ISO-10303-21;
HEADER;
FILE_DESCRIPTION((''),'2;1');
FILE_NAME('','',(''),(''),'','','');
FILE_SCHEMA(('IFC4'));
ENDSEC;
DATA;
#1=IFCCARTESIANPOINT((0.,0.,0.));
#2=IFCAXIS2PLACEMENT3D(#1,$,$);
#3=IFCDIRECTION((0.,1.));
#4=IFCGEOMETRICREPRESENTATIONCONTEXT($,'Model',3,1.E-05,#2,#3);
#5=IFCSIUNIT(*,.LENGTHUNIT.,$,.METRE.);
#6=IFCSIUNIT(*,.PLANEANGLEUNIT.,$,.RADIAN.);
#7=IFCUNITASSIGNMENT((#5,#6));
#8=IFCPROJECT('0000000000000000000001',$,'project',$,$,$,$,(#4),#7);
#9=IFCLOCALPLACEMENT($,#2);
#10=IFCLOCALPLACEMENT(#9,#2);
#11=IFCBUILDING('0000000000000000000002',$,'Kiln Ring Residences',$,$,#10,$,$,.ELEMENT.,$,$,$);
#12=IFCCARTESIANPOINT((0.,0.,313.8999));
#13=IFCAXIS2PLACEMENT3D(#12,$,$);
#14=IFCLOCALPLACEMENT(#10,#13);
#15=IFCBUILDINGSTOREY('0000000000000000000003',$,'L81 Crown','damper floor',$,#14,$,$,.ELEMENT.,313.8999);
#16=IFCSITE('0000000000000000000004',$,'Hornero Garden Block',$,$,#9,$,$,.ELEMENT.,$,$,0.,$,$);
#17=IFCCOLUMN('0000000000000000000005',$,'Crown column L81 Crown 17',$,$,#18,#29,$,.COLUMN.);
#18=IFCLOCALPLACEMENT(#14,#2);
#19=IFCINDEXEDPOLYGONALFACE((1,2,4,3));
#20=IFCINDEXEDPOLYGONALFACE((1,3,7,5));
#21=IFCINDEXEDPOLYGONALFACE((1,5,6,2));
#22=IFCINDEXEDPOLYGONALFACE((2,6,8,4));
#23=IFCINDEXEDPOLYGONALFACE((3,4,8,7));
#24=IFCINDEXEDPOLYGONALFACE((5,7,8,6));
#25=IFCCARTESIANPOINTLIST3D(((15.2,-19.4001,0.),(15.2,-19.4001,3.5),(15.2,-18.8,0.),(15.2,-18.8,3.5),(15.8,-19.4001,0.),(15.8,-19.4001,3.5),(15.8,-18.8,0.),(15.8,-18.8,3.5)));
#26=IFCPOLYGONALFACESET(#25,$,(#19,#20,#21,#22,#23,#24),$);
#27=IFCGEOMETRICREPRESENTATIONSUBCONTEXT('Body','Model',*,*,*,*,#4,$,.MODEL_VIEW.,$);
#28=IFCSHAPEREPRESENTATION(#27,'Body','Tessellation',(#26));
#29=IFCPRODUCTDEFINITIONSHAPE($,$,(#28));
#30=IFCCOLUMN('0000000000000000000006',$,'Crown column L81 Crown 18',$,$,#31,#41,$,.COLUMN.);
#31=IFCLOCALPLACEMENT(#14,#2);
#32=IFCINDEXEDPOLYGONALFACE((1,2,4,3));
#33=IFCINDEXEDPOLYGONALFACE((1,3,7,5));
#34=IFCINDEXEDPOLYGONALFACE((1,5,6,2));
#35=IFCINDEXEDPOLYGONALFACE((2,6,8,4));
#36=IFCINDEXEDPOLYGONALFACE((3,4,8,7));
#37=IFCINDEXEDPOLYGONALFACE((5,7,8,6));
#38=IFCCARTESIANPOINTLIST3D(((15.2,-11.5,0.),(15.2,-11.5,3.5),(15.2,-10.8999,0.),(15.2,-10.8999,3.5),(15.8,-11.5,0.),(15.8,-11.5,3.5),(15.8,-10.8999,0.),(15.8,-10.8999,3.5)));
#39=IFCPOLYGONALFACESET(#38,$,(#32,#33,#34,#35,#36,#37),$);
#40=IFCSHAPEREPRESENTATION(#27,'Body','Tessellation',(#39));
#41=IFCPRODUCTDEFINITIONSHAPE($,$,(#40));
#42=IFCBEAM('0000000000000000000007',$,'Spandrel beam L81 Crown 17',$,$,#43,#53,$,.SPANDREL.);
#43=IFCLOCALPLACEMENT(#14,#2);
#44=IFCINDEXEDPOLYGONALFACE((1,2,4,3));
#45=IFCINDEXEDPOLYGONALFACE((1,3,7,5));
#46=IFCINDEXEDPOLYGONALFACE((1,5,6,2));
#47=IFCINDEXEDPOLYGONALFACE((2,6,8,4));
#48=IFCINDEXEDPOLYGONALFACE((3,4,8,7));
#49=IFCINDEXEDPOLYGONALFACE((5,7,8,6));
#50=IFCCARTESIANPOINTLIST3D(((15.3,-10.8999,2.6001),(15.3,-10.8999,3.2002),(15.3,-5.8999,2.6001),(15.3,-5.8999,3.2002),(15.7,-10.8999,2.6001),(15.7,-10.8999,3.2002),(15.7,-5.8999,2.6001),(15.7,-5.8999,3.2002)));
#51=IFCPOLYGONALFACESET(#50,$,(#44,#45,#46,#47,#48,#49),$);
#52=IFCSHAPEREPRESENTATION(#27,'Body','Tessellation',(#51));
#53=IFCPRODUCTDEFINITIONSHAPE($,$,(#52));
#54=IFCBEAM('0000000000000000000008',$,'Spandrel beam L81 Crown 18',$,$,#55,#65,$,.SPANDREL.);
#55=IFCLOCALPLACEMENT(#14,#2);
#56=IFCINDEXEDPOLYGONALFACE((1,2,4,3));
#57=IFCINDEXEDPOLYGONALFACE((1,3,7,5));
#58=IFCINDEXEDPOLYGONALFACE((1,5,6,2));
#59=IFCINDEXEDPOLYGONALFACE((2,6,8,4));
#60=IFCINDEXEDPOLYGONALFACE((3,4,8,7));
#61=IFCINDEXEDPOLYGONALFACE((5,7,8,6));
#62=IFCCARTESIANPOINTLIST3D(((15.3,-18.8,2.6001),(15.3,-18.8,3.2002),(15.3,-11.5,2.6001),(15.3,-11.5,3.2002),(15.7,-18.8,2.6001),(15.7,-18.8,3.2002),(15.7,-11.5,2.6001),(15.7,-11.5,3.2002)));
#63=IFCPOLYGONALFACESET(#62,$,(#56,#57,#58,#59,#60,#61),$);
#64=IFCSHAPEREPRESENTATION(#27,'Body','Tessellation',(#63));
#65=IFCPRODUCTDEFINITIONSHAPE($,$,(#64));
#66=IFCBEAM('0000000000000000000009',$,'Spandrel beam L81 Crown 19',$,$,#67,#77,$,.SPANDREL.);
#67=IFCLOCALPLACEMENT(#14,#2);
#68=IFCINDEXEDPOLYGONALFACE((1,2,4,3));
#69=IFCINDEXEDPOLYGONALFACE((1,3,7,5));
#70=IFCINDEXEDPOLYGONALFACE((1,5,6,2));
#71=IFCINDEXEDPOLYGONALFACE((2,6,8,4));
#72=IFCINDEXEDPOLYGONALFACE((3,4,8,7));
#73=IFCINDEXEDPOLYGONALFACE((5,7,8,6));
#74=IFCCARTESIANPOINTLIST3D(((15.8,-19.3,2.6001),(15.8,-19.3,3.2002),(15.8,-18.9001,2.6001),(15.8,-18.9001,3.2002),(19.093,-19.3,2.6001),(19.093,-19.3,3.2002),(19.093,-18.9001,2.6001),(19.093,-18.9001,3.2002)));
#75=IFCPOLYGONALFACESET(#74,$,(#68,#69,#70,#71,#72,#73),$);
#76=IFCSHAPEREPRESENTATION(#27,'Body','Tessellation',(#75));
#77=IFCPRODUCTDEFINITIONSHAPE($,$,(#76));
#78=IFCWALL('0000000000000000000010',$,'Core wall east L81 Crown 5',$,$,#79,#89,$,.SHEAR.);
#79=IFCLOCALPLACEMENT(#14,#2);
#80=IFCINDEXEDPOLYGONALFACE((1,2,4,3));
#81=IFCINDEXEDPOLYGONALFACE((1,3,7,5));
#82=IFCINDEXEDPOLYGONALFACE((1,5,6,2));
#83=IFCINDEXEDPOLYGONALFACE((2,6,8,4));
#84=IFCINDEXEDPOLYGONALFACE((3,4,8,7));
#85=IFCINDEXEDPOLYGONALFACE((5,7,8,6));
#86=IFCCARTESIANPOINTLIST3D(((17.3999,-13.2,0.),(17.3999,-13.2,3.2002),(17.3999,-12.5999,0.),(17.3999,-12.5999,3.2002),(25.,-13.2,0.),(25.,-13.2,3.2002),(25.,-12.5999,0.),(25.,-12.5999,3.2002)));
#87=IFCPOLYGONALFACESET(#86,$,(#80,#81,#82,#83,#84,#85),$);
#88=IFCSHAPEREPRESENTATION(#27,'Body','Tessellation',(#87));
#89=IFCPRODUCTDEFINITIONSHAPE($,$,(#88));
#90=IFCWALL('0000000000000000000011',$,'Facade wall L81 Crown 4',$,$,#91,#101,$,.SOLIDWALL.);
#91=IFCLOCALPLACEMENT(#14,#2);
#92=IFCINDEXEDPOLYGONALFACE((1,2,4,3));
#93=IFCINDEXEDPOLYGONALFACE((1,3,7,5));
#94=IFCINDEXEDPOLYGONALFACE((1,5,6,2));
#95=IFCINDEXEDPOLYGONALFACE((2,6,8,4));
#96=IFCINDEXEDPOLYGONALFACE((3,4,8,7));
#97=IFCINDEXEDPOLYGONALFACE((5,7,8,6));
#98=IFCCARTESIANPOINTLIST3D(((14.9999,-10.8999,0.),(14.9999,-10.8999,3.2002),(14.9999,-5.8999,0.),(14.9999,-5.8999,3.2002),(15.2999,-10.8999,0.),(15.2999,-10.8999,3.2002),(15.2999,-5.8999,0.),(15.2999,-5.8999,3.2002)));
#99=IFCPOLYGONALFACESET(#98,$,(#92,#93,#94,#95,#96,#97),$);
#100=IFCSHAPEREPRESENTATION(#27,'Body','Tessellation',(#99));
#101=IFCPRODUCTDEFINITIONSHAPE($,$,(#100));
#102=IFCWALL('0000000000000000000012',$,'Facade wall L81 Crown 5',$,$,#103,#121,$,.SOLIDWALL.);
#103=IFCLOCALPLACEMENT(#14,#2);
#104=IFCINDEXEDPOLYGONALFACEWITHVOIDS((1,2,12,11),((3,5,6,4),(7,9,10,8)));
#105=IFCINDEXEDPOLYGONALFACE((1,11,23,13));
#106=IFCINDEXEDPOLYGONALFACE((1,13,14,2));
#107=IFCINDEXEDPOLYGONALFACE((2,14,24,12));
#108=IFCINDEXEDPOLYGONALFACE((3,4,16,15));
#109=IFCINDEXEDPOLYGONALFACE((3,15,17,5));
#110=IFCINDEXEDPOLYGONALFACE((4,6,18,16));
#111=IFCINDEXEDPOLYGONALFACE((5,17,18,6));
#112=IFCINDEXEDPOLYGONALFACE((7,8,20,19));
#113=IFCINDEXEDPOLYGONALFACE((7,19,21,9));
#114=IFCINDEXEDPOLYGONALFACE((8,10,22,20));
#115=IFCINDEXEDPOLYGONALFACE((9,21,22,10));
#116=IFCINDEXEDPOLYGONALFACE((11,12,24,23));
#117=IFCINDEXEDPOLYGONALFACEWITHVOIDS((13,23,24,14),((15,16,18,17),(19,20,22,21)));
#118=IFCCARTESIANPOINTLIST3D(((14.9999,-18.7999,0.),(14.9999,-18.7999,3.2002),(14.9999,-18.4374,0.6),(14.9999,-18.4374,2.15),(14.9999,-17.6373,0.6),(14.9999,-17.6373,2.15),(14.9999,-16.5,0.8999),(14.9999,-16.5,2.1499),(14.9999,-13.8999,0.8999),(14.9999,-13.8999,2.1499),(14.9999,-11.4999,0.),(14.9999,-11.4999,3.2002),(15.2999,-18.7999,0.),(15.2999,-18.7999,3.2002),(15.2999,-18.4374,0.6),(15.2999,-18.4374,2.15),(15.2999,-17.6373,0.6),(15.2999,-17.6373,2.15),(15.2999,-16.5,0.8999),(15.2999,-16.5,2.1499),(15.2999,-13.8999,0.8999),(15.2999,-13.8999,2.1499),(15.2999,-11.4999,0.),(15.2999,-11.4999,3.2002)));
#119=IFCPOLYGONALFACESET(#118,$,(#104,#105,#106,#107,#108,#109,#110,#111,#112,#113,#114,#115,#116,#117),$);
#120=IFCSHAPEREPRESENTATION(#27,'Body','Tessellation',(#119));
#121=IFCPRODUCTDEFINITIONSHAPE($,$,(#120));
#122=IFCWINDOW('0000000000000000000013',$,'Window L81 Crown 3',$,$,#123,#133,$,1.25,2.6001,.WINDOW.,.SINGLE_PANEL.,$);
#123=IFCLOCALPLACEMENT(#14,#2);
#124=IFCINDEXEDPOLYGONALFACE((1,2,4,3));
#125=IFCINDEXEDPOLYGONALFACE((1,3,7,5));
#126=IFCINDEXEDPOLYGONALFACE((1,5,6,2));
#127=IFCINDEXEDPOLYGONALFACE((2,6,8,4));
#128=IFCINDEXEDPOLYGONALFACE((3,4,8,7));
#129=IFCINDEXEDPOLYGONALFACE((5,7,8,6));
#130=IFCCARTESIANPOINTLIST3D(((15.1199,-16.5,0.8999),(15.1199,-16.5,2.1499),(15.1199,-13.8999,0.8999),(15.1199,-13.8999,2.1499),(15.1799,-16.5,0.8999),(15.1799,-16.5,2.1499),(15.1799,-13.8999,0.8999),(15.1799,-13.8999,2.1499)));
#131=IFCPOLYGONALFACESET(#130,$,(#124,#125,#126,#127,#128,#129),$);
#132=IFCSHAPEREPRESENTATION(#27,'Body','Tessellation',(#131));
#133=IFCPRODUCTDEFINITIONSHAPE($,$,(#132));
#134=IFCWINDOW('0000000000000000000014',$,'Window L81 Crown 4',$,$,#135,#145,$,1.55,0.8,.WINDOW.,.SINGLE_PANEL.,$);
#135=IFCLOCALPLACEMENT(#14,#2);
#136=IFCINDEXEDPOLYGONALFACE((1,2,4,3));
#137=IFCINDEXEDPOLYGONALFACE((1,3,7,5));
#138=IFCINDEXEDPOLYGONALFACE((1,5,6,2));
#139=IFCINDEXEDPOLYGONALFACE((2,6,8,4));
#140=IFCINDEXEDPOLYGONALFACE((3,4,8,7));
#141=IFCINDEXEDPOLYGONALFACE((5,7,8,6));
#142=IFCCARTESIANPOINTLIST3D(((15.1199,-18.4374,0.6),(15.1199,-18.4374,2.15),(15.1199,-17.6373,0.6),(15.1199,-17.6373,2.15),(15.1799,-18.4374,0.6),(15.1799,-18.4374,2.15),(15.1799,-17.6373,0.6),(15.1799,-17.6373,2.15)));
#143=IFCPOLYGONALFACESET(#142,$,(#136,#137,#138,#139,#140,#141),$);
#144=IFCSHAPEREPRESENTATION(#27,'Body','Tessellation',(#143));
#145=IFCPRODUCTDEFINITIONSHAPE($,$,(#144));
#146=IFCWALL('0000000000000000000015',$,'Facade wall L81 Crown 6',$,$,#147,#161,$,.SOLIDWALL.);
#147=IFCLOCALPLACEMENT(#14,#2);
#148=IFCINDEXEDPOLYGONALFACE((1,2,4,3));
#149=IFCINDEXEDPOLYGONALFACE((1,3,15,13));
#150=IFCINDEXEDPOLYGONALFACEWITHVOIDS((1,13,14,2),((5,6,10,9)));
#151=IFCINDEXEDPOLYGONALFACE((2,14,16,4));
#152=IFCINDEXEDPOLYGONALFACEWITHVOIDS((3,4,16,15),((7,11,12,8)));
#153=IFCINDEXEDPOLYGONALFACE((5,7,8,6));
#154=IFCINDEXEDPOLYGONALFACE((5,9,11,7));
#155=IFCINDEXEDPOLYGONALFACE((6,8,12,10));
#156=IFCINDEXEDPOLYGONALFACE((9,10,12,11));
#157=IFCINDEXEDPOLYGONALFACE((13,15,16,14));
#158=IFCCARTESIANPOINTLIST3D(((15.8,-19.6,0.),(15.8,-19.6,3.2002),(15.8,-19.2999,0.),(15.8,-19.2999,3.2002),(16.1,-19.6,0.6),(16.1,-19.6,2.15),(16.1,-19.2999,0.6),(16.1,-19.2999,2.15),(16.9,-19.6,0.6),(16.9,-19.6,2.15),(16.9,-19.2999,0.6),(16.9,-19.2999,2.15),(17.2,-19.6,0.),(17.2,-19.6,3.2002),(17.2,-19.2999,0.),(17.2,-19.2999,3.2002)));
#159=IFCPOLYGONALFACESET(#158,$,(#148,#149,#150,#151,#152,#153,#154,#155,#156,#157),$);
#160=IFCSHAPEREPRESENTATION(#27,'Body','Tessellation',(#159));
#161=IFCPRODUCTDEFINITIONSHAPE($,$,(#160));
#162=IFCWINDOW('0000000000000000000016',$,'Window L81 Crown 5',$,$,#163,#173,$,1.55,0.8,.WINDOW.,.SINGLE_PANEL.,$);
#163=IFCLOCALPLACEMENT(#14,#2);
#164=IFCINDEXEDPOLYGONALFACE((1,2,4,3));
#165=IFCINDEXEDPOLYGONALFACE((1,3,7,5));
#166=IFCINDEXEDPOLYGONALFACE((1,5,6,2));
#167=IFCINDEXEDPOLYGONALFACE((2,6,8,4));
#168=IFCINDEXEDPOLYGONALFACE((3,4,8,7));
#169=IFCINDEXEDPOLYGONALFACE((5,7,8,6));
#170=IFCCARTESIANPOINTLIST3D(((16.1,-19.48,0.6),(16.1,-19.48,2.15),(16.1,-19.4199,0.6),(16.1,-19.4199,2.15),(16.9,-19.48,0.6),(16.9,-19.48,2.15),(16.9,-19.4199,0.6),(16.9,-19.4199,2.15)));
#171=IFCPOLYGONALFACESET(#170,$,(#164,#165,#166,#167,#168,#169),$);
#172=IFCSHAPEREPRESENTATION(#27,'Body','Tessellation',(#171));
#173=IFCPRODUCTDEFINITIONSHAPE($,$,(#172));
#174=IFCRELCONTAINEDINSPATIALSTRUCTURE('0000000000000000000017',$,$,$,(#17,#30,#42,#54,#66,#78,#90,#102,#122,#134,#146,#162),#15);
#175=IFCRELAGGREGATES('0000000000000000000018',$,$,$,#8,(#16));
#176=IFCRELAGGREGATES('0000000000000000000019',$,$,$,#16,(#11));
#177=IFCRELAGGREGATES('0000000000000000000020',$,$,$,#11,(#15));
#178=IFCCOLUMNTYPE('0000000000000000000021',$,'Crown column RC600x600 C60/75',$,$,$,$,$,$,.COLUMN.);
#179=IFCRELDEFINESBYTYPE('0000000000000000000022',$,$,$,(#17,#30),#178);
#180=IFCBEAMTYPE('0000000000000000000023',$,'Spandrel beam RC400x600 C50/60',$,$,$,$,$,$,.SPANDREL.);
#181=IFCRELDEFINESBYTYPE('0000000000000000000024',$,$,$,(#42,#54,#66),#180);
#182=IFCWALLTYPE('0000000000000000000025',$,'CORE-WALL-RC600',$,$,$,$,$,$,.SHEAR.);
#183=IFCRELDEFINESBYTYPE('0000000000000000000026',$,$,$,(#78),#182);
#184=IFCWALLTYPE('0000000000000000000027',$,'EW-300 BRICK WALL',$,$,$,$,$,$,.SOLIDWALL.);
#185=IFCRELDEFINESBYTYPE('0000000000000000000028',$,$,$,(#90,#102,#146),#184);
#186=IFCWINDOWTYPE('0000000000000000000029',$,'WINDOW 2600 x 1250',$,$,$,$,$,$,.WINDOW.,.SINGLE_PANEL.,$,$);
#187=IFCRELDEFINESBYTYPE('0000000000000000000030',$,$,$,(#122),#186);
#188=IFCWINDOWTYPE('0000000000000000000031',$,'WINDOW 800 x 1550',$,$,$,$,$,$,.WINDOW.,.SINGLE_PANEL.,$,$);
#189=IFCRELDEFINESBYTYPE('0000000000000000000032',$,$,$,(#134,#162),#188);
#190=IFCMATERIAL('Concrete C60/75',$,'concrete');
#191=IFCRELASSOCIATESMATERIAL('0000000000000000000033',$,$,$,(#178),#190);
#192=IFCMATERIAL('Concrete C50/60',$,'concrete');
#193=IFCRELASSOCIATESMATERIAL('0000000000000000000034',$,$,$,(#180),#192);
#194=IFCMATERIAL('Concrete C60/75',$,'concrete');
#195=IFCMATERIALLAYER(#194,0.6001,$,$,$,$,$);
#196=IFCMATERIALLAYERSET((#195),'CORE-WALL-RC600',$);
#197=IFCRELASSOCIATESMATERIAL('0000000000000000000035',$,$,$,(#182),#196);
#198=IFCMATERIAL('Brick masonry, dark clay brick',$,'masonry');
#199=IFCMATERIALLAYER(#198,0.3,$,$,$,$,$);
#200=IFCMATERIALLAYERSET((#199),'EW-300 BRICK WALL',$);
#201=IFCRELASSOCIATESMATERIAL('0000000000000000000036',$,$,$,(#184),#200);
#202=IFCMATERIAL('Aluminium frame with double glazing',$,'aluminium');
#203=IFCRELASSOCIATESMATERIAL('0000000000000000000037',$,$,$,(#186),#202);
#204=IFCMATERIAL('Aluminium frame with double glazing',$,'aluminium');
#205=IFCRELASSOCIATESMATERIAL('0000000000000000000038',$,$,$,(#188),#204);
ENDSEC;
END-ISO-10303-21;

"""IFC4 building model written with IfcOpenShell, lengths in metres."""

from ifc_helpers import new_model, si_unit, direction, frame, frame_2d, origin, origin_2d, place, context, subcontext, project, spatial, rectangle, extrude, material, layer, layer_set, material_profile, profile_set, type_object, element, fill, save


model = new_model("IFC4")

# Units and contexts
model_context = context("Model", 3, precision=1e-05, world=origin(), true_north=direction((0.0, 1.0)))
body_context = subcontext(model_context, "Body", "Model", "MODEL_VIEW")
ifc_project = project(units=[si_unit("LENGTHUNIT", "METRE"), si_unit("PLANEANGLEUNIT", "RADIAN")], contexts=[model_context])

# Site, building, storey
site_placement = place(None, origin())
site = spatial("IfcSite", under=ifc_project, at=site_placement, Name="Hornero Garden Block", CompositionType="ELEMENT", RefElevation=0.0)
building_placement = place(site_placement, origin())
building = spatial("IfcBuilding", under=site, at=building_placement, Name="Kiln Ring Residences", CompositionType="ELEMENT")
storey_placement = place(building_placement, frame((0.0, 0.0, 313.8999)))
storey = spatial("IfcBuildingStorey", under=building, at=storey_placement, Name="L81 Crown", Description="damper floor", CompositionType="ELEMENT", Elevation=313.8999)

# Columns
ifc_material_1 = material(Name="Concrete C60/75", Category="concrete")
ifc_material_profile_1 = material_profile(ifc_material_1, rectangle(XDim=0.6001, YDim=0.6001, at=origin_2d()), Name="RC600x600")
ifc_profile_set_1 = profile_set([ifc_material_profile_1], Name="Concrete C60/75")
column_type = type_object("IfcColumnType", Name="Crown column RC600x600 C60/75", PredefinedType="COLUMN", material=ifc_profile_set_1)
for number, where, z_axis, x_axis, name in (
    (1, (15.5, -19.1001, 0.0), (0.0, 0.0, 1.0), (1.0, 0.0, 0.0), "Crown column L81 Crown 17"),
    (2, (15.5, -11.2, 0.0), (0.0, 0.0, 1.0), (1.0, 0.0, 0.0), "Crown column L81 Crown 18"),
):
    element("IfcColumn", number, at=place(storey_placement, frame(where, z_axis=z_axis, x_axis=x_axis)), inside=storey, type_object=column_type, Name=name, PredefinedType="COLUMN", context=body_context, shape_type="SweptSolid", body=[
        extrude(rectangle(XDim=0.6001, YDim=0.6001, at=origin_2d()), origin(), (0.0, 0.0, 1.0), 3.5),
    ])

# Beams
ifc_material_2 = material(Name="Concrete C50/60", Category="concrete")
ifc_material_profile_2 = material_profile(ifc_material_2, rectangle(XDim=0.3999, YDim=0.6001, at=origin_2d()), Name="RC400x600")
ifc_profile_set_2 = profile_set([ifc_material_profile_2], Name="Concrete C50/60")
beam_type = type_object("IfcBeamType", Name="Spandrel beam RC400x600 C50/60", PredefinedType="SPANDREL", material=ifc_profile_set_2)
beam_1_placement = place(storey_placement, frame((15.5, -5.8999, 2.9001), z_axis=(0.0, -1.0, 0.0), x_axis=(1.0, 0.0, 0.0)))
element("IfcBeam", 3, at=beam_1_placement, inside=storey, type_object=beam_type, Name="Spandrel beam L81 Crown 17", PredefinedType="SPANDREL", context=body_context, shape_type="SweptSolid", body=[
    extrude(rectangle(XDim=0.3999, YDim=0.6001, at=origin_2d()), origin(), (0.0, 0.0, 1.0), 5.0),
])
beam_2_placement = place(storey_placement, frame((15.5, -11.5, 2.9001), z_axis=(0.0, -1.0, 0.0), x_axis=(1.0, 0.0, 0.0)))
element("IfcBeam", 4, at=beam_2_placement, inside=storey, type_object=beam_type, Name="Spandrel beam L81 Crown 18", PredefinedType="SPANDREL", context=body_context, shape_type="SweptSolid", body=[
    extrude(rectangle(XDim=0.3999, YDim=0.6001, at=origin_2d()), origin(), (0.0, 0.0, 1.0), 7.3),
])
beam_3_placement = place(storey_placement, frame((15.8, -19.1001, 2.9001), z_axis=(1.0, 0.0, 0.0), x_axis=(0.0, 1.0, 0.0)))
element("IfcBeam", 5, at=beam_3_placement, inside=storey, type_object=beam_type, Name="Spandrel beam L81 Crown 19", PredefinedType="SPANDREL", context=body_context, shape_type="SweptSolid", body=[
    extrude(rectangle(XDim=0.3999, YDim=0.6001, at=origin_2d()), origin(), (0.0, 0.0, 1.0), 3.293),
])

# Walls
ifc_material_3 = material(Name="Concrete C60/75", Category="concrete")
ifc_layer_1 = layer(ifc_material_3, 0.6001)
ifc_layer_set_1 = layer_set([ifc_layer_1], Name="CORE-WALL-RC600")
wall_type_1 = type_object("IfcWallType", Name="CORE-WALL-RC600", PredefinedType="SHEAR", material=ifc_layer_set_1)
wall_1_placement = place(storey_placement, frame((17.3999, -12.8999, 0.0), z_axis=(0.0, 0.0, 1.0), x_axis=(1.0, 0.0, 0.0)))
element("IfcWall", 6, at=wall_1_placement, inside=storey, type_object=wall_type_1, Name="Core wall east L81 Crown 5", PredefinedType="SHEAR", context=body_context, shape_type="SweptSolid", body=[
    extrude(rectangle(XDim=7.6001, YDim=0.6001, at=frame_2d((3.8, 0.0))), origin(), (0.0, 0.0, 1.0), 3.2002),
])
ifc_material_4 = material(Name="Brick masonry, dark clay brick", Category="masonry")
ifc_layer_2 = layer(ifc_material_4, 0.3)
ifc_layer_set_2 = layer_set([ifc_layer_2], Name="EW-300 BRICK WALL")
wall_type_2 = type_object("IfcWallType", Name="EW-300 BRICK WALL", PredefinedType="SOLIDWALL", material=ifc_layer_set_2)
wall_2_placement = place(storey_placement, frame((15.1499, -5.8999, 0.0), z_axis=(0.0, 0.0, 1.0), x_axis=(0.0, -1.0, 0.0)))
element("IfcWall", 7, at=wall_2_placement, inside=storey, type_object=wall_type_2, Name="Facade wall L81 Crown 4", PredefinedType="SOLIDWALL", context=body_context, shape_type="SweptSolid", body=[
    extrude(rectangle(XDim=5.0, YDim=0.3, at=frame_2d((2.5, 0.0))), origin(), (0.0, 0.0, 1.0), 3.2002),
])

# Wall, openings, windows
wall_3_placement = place(storey_placement, frame((15.1499, -11.5, 0.0), z_axis=(0.0, 0.0, 1.0), x_axis=(0.0, -1.0, 0.0)))
wall_3 = element("IfcWall", 8, at=wall_3_placement, inside=storey, type_object=wall_type_2, Name="Facade wall L81 Crown 5", PredefinedType="SOLIDWALL", context=body_context, shape_type="SweptSolid", body=[
    extrude(rectangle(XDim=7.3, YDim=0.3, at=frame_2d((3.6499, 0.0))), origin(), (0.0, 0.0, 1.0), 3.2002),
])
opening_1_placement = place(wall_3_placement, frame((2.3999, 0.0, 0.8999)))
opening_1 = element("IfcOpeningElement", 9, at=opening_1_placement, cuts=wall_3, PredefinedType="OPENING", context=body_context, shape_type="SweptSolid", body=[
    extrude(rectangle(XDim=2.6001, YDim=1.25, at=frame_2d((1.3, 0.625))), frame((0.0, 0.1599, 0.0), z_axis=(0.0, -1.0, 0.0), x_axis=(1.0, 0.0, 0.0)), (0.0, 0.0, 1.0), 0.3201),
])
opening_2_placement = place(wall_3_placement, frame((6.1375, 0.0, 0.6001)))
opening_2 = element("IfcOpeningElement", 10, at=opening_2_placement, cuts=wall_3, PredefinedType="OPENING", context=body_context, shape_type="SweptSolid", body=[
    extrude(rectangle(XDim=0.8, YDim=1.55, at=frame_2d((0.3999, 0.7749))), frame((0.0, 0.1599, 0.0), z_axis=(0.0, -1.0, 0.0), x_axis=(1.0, 0.0, 0.0)), (0.0, 0.0, 1.0), 0.3201),
])
ifc_material_5 = material(Name="Aluminium frame with double glazing", Category="aluminium")
window_type_1 = type_object("IfcWindowType", Name="WINDOW 2600 x 1250", PartitioningType="SINGLE_PANEL", PredefinedType="WINDOW", material=ifc_material_5)
window_1_placement = place(opening_1_placement, origin())
window_1 = element("IfcWindow", 11, at=window_1_placement, inside=storey, type_object=window_type_1, Name="Window L81 Crown 3", OverallHeight=1.25, OverallWidth=2.6001, PartitioningType="SINGLE_PANEL", PredefinedType="WINDOW", context=body_context, shape_type="SweptSolid", body=[
    extrude(rectangle(XDim=2.6001, YDim=1.25, at=frame_2d((1.3, 0.625))), frame((0.0, 0.03, 0.0), z_axis=(0.0, -1.0, 0.0), x_axis=(1.0, 0.0, 0.0)), (0.0, 0.0, 1.0), 0.0601),
])
fill(opening_1, window_1)
ifc_material_6 = material(Name="Aluminium frame with double glazing", Category="aluminium")
window_type_2 = type_object("IfcWindowType", Name="WINDOW 800 x 1550", PartitioningType="SINGLE_PANEL", PredefinedType="WINDOW", material=ifc_material_6)
window_2_placement = place(opening_2_placement, origin())
window_2 = element("IfcWindow", 12, at=window_2_placement, inside=storey, type_object=window_type_2, Name="Window L81 Crown 4", OverallHeight=1.55, OverallWidth=0.8, PartitioningType="SINGLE_PANEL", PredefinedType="WINDOW", context=body_context, shape_type="SweptSolid", body=[
    extrude(rectangle(XDim=0.8, YDim=1.55, at=frame_2d((0.3999, 0.7749))), frame((0.0, 0.03, 0.0), z_axis=(0.0, -1.0, 0.0), x_axis=(1.0, 0.0, 0.0)), (0.0, 0.0, 1.0), 0.0601),
])
fill(opening_2, window_2)

# Wall, opening, window
wall_4_placement = place(storey_placement, frame((15.8, -19.45, 0.0), z_axis=(0.0, 0.0, 1.0), x_axis=(1.0, 0.0, 0.0)))
wall_4 = element("IfcWall", 13, at=wall_4_placement, inside=storey, type_object=wall_type_2, Name="Facade wall L81 Crown 6", PredefinedType="SOLIDWALL", context=body_context, shape_type="SweptSolid", body=[
    extrude(rectangle(XDim=1.3999, YDim=0.3, at=frame_2d((0.7, 0.0))), origin(), (0.0, 0.0, 1.0), 3.2002),
])
opening_3_placement = place(wall_4_placement, frame((0.3, 0.0, 0.6001)))
opening_3 = element("IfcOpeningElement", 14, at=opening_3_placement, cuts=wall_4, PredefinedType="OPENING", context=body_context, shape_type="SweptSolid", body=[
    extrude(rectangle(XDim=0.8, YDim=1.55, at=frame_2d((0.3999, 0.7749))), frame((0.0, 0.1599, 0.0), z_axis=(0.0, -1.0, 0.0), x_axis=(1.0, 0.0, 0.0)), (0.0, 0.0, 1.0), 0.3201),
])
window_3_placement = place(opening_3_placement, origin())
window_3 = element("IfcWindow", 15, at=window_3_placement, inside=storey, type_object=window_type_2, Name="Window L81 Crown 5", OverallHeight=1.55, OverallWidth=0.8, PartitioningType="SINGLE_PANEL", PredefinedType="WINDOW", context=body_context, shape_type="SweptSolid", body=[
    extrude(rectangle(XDim=0.8, YDim=1.55, at=frame_2d((0.3999, 0.7749))), frame((0.0, 0.03, 0.0), z_axis=(0.0, -1.0, 0.0), x_axis=(1.0, 0.0, 0.0)), (0.0, 0.0, 1.0), 0.0601),
])
fill(opening_3, window_3)

save(model, "model.ifc")
